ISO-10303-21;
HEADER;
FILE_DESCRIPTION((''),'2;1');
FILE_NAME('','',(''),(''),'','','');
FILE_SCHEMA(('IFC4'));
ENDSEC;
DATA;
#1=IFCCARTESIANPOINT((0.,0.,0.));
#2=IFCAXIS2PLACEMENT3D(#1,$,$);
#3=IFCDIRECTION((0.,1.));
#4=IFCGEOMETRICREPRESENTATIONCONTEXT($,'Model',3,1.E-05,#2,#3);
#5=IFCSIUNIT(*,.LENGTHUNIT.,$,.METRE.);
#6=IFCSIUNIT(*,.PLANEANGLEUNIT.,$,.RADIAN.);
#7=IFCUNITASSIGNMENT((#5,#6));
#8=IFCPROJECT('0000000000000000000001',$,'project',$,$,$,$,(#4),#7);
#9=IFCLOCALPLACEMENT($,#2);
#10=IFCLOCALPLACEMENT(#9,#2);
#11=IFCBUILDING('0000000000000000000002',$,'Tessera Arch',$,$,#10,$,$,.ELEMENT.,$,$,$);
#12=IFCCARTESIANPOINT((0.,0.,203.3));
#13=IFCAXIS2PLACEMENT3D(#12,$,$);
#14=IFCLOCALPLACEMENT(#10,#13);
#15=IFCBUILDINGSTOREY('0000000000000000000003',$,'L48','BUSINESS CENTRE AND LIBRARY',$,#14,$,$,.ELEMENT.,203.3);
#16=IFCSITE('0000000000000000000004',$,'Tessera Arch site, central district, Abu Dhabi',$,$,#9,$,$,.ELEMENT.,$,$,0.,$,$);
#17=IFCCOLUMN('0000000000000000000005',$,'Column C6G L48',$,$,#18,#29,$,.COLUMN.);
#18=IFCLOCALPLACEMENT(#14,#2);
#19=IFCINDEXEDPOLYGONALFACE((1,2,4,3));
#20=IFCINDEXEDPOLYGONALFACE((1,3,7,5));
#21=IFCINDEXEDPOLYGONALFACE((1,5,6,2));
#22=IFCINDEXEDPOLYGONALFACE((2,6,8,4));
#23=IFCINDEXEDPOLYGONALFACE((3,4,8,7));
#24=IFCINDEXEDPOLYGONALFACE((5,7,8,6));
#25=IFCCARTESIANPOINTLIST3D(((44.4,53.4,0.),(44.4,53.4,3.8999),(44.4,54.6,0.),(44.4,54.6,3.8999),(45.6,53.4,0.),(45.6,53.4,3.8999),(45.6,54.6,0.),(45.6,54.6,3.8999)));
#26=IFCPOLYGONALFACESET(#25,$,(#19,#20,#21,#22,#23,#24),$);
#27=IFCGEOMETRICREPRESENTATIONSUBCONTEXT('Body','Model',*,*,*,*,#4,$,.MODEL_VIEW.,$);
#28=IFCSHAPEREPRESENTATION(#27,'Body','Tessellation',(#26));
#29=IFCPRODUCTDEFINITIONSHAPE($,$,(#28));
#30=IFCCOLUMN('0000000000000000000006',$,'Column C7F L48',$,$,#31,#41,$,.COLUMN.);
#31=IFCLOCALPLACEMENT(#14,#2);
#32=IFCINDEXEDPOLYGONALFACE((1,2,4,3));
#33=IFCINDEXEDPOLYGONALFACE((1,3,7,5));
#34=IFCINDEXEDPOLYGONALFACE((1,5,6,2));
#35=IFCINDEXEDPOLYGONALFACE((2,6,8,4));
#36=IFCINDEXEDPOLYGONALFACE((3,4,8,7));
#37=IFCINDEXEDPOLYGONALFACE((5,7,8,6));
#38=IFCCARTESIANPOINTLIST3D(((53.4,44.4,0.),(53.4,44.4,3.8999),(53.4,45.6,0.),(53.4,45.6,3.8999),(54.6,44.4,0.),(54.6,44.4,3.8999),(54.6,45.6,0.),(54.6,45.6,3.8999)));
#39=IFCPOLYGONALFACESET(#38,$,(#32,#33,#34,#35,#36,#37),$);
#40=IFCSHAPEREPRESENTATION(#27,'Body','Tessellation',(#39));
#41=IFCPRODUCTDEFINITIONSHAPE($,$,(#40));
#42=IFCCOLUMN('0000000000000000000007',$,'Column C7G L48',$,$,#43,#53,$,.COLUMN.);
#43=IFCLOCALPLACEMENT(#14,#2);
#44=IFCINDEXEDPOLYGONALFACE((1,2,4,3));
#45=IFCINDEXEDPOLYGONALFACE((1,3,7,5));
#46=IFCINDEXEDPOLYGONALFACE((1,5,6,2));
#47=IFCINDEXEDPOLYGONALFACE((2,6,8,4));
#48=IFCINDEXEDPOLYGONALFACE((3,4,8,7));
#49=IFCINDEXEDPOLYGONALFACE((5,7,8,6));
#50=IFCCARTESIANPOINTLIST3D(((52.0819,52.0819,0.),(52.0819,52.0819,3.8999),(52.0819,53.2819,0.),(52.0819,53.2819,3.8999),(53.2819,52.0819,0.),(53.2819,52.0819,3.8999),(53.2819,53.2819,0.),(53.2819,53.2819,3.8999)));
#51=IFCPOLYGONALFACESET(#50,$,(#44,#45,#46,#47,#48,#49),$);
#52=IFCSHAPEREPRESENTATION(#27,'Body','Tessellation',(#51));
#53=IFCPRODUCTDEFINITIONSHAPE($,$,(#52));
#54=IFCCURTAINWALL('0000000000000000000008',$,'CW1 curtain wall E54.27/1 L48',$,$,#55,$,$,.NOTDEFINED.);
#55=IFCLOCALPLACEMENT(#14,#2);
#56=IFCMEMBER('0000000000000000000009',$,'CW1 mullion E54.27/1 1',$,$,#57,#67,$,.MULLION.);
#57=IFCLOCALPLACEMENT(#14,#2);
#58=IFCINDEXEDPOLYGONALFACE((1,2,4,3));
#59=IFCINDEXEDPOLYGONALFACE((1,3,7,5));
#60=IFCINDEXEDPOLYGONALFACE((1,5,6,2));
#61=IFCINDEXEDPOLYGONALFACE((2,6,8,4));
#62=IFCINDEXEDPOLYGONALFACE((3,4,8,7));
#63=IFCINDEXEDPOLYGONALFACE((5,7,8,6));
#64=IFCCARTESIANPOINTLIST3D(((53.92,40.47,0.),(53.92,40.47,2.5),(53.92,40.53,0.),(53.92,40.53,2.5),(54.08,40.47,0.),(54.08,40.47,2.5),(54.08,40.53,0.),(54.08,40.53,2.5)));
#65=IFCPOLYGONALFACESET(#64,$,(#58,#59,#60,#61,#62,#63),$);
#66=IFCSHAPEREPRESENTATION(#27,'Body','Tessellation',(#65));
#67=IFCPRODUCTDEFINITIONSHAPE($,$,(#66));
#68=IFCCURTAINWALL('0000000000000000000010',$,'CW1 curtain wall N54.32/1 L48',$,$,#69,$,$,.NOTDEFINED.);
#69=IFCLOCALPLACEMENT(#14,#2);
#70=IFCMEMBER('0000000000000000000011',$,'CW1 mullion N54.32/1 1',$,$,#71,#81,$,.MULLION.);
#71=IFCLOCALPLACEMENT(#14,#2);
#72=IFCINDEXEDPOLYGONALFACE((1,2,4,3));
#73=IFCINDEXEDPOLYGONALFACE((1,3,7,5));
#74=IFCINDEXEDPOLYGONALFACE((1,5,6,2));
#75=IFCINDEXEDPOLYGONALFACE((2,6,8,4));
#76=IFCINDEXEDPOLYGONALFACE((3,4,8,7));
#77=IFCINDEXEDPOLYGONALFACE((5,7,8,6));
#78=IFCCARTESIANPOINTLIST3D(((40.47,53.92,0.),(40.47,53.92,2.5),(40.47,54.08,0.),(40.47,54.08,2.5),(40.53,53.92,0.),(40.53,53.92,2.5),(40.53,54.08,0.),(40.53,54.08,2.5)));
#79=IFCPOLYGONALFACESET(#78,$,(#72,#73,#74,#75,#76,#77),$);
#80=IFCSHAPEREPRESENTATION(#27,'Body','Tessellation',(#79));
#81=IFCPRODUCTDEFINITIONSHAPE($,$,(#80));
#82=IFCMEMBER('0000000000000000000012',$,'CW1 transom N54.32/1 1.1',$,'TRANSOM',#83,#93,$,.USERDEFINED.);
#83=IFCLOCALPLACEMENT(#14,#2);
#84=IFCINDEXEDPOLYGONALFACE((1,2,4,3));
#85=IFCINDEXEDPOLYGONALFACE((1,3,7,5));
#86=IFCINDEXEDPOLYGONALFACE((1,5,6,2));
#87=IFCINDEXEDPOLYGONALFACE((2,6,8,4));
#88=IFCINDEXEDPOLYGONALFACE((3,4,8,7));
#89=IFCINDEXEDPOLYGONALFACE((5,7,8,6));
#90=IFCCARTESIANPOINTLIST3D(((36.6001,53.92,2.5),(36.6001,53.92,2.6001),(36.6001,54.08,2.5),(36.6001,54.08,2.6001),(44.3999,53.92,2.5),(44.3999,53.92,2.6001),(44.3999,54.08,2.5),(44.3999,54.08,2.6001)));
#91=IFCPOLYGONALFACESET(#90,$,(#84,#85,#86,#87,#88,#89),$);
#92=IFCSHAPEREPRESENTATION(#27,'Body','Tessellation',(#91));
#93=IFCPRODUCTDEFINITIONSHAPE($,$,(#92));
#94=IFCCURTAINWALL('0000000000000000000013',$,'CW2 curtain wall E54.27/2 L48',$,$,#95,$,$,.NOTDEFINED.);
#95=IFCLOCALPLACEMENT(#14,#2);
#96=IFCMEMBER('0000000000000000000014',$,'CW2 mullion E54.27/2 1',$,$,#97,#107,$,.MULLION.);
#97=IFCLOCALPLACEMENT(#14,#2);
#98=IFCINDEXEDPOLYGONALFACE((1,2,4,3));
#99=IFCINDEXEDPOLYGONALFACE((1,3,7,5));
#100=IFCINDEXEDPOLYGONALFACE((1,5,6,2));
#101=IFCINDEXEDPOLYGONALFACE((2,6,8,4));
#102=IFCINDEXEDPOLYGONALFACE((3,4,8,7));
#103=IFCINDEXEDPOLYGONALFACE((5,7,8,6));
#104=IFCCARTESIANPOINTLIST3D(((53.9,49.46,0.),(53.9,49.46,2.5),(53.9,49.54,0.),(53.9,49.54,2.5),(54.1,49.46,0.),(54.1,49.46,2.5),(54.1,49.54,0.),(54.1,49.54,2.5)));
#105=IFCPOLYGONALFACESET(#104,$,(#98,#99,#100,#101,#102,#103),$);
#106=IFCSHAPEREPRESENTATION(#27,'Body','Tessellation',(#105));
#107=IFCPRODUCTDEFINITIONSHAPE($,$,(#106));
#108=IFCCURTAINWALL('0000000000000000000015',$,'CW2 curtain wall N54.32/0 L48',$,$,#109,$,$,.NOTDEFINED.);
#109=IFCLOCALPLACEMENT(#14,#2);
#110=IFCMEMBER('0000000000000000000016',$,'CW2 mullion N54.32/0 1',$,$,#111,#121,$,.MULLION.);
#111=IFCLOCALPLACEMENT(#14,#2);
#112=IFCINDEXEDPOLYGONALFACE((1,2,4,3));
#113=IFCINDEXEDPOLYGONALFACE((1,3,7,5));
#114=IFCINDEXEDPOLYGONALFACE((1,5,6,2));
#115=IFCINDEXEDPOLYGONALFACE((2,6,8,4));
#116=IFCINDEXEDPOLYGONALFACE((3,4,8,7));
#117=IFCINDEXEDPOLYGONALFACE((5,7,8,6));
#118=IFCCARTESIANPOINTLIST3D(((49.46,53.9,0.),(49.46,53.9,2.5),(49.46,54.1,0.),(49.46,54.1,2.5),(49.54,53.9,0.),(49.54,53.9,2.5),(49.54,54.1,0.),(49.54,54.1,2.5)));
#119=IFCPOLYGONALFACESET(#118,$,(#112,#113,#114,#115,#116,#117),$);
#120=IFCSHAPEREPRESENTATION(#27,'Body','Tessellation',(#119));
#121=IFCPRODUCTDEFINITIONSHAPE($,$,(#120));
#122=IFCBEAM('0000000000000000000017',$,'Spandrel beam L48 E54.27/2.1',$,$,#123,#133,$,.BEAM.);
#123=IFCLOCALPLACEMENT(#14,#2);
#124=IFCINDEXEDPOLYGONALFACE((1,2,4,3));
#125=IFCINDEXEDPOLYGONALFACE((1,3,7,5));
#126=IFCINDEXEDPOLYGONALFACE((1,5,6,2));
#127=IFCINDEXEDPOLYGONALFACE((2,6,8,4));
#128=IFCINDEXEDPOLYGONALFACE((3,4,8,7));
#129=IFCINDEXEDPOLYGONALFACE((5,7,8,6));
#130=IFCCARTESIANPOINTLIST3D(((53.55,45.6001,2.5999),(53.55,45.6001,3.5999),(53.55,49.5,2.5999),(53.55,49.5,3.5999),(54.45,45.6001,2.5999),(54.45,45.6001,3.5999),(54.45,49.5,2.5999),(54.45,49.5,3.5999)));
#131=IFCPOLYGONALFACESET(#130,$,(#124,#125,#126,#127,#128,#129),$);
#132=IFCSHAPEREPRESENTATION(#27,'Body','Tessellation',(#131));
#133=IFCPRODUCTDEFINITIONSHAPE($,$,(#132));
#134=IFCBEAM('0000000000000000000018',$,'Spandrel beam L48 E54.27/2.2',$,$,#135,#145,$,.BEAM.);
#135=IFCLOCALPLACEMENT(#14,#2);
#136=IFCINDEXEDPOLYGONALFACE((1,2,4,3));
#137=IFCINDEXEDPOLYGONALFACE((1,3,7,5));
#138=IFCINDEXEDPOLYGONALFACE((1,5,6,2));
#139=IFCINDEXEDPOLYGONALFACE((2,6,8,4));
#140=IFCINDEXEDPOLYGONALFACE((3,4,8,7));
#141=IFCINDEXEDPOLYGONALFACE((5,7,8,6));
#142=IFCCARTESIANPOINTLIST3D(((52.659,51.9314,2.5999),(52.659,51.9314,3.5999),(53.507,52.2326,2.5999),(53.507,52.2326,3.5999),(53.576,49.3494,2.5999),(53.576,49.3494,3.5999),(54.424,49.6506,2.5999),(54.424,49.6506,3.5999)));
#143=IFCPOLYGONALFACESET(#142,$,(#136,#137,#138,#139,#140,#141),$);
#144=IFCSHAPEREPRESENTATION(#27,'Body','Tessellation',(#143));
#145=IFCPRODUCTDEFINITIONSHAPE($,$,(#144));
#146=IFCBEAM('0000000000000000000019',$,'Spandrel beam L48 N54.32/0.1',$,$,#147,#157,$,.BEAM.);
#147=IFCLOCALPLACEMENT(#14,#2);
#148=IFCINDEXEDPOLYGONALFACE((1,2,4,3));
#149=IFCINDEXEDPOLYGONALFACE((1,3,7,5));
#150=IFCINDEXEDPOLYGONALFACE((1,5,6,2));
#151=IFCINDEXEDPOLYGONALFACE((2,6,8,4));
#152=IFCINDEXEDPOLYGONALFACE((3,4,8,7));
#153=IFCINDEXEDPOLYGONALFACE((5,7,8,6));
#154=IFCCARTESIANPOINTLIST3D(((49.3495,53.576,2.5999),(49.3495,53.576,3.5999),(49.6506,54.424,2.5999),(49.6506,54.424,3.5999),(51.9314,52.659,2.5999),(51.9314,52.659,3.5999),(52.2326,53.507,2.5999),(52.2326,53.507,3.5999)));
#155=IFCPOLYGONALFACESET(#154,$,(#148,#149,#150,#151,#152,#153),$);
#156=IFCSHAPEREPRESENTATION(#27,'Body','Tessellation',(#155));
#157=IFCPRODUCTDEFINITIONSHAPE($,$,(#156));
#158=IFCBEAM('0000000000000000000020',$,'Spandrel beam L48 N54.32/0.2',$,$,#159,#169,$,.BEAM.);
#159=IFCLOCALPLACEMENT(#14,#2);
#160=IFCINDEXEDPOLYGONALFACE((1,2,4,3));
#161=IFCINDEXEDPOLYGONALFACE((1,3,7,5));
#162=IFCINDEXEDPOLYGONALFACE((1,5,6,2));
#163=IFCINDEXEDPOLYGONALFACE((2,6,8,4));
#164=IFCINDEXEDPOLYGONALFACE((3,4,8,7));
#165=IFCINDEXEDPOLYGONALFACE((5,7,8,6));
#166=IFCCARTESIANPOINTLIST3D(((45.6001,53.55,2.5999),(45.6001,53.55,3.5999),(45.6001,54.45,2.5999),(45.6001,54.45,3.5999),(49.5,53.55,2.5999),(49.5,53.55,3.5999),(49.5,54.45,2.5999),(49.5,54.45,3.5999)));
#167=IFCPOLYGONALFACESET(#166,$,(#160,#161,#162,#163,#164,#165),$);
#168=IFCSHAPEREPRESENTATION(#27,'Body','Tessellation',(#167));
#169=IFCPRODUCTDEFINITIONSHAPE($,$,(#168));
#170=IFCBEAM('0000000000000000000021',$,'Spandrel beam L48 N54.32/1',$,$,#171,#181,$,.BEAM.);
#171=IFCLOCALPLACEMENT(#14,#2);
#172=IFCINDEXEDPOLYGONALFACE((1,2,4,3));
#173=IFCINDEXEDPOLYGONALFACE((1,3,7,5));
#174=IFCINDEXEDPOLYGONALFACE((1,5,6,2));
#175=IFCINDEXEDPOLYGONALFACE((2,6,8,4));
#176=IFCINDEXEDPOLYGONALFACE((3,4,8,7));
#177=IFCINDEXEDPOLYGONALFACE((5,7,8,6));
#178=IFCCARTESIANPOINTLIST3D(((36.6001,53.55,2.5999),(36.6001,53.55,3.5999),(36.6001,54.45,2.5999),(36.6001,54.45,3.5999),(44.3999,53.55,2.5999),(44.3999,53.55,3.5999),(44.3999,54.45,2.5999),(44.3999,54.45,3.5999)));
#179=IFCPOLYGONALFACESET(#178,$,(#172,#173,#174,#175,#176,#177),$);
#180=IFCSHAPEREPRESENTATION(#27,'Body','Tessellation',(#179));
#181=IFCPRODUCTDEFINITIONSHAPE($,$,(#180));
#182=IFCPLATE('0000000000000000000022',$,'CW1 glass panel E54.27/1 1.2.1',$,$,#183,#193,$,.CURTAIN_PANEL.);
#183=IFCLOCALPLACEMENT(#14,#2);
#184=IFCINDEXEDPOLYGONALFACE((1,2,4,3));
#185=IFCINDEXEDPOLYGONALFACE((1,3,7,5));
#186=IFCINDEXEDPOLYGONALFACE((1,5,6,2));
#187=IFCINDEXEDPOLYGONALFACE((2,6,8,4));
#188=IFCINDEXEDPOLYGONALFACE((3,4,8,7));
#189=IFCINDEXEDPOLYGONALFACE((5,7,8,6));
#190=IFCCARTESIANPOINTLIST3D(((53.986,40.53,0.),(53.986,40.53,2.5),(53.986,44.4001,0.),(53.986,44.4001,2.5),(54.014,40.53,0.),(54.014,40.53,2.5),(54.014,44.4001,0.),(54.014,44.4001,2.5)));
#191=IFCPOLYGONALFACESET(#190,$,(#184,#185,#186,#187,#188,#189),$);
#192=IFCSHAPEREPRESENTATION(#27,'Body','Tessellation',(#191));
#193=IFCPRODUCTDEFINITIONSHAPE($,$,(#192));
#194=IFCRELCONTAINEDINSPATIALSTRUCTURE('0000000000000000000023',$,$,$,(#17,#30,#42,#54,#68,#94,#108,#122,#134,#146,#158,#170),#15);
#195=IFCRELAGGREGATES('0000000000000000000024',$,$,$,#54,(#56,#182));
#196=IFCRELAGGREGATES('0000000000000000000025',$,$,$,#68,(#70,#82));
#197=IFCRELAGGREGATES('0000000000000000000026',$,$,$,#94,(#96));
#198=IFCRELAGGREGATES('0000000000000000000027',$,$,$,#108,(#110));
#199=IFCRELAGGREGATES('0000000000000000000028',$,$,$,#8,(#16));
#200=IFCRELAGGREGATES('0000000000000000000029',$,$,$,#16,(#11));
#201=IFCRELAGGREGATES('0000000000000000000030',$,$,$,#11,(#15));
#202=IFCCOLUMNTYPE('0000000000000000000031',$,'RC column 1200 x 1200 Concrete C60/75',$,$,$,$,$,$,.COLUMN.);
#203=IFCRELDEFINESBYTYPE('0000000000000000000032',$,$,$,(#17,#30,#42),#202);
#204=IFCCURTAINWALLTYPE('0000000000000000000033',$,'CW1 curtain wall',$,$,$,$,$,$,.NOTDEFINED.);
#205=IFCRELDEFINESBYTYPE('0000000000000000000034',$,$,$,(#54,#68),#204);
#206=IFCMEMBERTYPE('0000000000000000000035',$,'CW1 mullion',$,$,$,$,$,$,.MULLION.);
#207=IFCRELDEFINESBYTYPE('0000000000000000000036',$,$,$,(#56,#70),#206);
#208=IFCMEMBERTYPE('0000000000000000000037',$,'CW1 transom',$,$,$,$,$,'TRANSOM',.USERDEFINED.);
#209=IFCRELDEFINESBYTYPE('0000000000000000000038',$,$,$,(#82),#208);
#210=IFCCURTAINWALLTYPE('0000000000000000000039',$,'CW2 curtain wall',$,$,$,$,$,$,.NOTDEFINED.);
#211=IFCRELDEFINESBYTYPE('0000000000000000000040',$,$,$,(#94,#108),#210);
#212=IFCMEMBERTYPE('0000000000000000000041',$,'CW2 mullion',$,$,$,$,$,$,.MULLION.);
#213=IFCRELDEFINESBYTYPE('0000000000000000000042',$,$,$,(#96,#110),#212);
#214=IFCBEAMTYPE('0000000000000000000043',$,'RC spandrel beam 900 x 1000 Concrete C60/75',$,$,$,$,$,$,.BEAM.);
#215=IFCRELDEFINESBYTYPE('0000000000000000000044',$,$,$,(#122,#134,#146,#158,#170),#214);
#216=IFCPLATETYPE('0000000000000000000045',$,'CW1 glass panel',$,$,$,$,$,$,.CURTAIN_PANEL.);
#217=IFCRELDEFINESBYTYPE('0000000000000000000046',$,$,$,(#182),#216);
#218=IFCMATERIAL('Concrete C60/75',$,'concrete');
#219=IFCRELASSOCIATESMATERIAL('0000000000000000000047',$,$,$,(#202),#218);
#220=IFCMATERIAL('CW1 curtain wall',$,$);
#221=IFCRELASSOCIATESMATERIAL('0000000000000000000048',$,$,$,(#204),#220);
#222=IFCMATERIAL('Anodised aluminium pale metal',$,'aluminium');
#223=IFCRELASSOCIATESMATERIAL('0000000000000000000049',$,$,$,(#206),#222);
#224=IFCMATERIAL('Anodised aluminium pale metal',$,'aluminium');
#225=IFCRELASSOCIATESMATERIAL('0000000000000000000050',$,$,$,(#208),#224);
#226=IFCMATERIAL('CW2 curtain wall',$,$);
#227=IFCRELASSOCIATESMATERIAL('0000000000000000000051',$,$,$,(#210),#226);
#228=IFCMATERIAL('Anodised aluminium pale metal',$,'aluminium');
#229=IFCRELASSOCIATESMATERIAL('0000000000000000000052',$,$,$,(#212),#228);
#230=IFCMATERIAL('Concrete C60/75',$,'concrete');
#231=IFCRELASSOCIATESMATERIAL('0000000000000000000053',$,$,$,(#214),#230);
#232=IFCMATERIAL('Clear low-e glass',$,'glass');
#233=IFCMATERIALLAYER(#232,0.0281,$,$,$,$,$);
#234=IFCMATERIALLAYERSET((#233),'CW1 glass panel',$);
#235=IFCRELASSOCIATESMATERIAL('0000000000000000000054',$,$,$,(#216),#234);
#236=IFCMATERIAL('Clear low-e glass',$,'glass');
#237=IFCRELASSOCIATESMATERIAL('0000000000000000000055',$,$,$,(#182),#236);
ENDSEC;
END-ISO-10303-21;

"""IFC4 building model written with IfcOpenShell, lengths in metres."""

from ifc_helpers import new_model, si_unit, direction, frame, origin, origin_2d, place, context, subcontext, project, spatial, rectangle, extrude, material, layer, layer_set, material_profile, profile_set, type_object, element, aggregate, save


model = new_model("IFC4")

# Units and contexts
model_context = context("Model", 3, precision=1e-05, world=origin(), true_north=direction((0.0, 1.0)))
body_context = subcontext(model_context, "Body", "Model", "MODEL_VIEW")
ifc_project = project(units=[si_unit("LENGTHUNIT", "METRE"), si_unit("PLANEANGLEUNIT", "RADIAN")], contexts=[model_context])

# Site, building, storey
site_placement = place(None, origin())
site = spatial("IfcSite", under=ifc_project, at=site_placement, Name="Tessera Arch site, central district, Abu Dhabi", CompositionType="ELEMENT", RefElevation=0.0)
building_placement = place(site_placement, origin())
building = spatial("IfcBuilding", under=site, at=building_placement, Name="Tessera Arch", CompositionType="ELEMENT")
storey_placement = place(building_placement, frame((0.0, 0.0, 203.3)))
storey = spatial("IfcBuildingStorey", under=building, at=storey_placement, Name="L48", Description="BUSINESS CENTRE AND LIBRARY", CompositionType="ELEMENT", Elevation=203.3)

# Columns
ifc_material_1 = material(Name="Concrete C60/75", Category="concrete")
ifc_material_profile_1 = material_profile(ifc_material_1, rectangle(XDim=1.2, YDim=1.2, at=origin_2d()), Name="RC column 1200 x 1200 Concrete C60/75")
ifc_profile_set_1 = profile_set([ifc_material_profile_1], Name="Concrete C60/75")
column_type = type_object("IfcColumnType", Name="RC column 1200 x 1200 Concrete C60/75", PredefinedType="COLUMN", material=ifc_profile_set_1)
for number, where, z_axis, x_axis, name in (
    (1, (45.0, 54.0, 0.0), (0.0, 0.0, 1.0), (1.0, 0.0, 0.0), "Column C6G L48"),
    (2, (54.0, 45.0, 0.0), (0.0, 0.0, 1.0), (1.0, 0.0, 0.0), "Column C7F L48"),
    (3, (52.6819, 52.6819, 0.0), (0.0, 0.0, 1.0), (1.0, 0.0, 0.0), "Column C7G L48"),
):
    element("IfcColumn", number, at=place(storey_placement, frame(where, z_axis=z_axis, x_axis=x_axis)), inside=storey, type_object=column_type, Name=name, PredefinedType="COLUMN", context=body_context, shape_type="SweptSolid", body=[
        extrude(rectangle(XDim=1.2, YDim=1.2, at=origin_2d()), origin(), (0.0, 0.0, 1.0), 3.8999),
    ])

# Curtain wall, member
ifc_material_2 = material(Name="CW1 curtain wall")
curtain_wall_type_1 = type_object("IfcCurtainWallType", Name="CW1 curtain wall", PredefinedType="NOTDEFINED", material=ifc_material_2)
curtain_wall_1_placement = place(storey_placement, origin())
curtain_wall_1 = element("IfcCurtainWall", 4, at=curtain_wall_1_placement, inside=storey, type_object=curtain_wall_type_1, Name="CW1 curtain wall E54.27/1 L48", PredefinedType="NOTDEFINED")
ifc_material_3 = material(Name="Anodised aluminium pale metal", Category="aluminium")
ifc_material_profile_2 = material_profile(ifc_material_3, rectangle(XDim=0.1599, YDim=0.0601, at=origin_2d()), Name="AL 60x160")
ifc_profile_set_2 = profile_set([ifc_material_profile_2], Name="Anodised aluminium pale metal")
member_type_1 = type_object("IfcMemberType", Name="CW1 mullion", PredefinedType="MULLION", material=ifc_profile_set_2)
member_1_placement = place(storey_placement, frame((54.0, 40.5, 0.0), z_axis=(0.0, 0.0, 1.0), x_axis=(-1.0, 0.0, 0.0)))
member_1 = element("IfcMember", 5, at=member_1_placement, type_object=member_type_1, Name="CW1 mullion E54.27/1 1", PredefinedType="MULLION", context=body_context, shape_type="SweptSolid", body=[
    extrude(rectangle(XDim=0.1599, YDim=0.0601, at=origin_2d()), origin(), (0.0, 0.0, 1.0), 2.5),
])

# Curtain wall, members
curtain_wall_2_placement = place(storey_placement, origin())
curtain_wall_2 = element("IfcCurtainWall", 6, at=curtain_wall_2_placement, inside=storey, type_object=curtain_wall_type_1, Name="CW1 curtain wall N54.32/1 L48", PredefinedType="NOTDEFINED")
member_2_placement = place(storey_placement, frame((40.5, 54.0, 0.0), z_axis=(0.0, 0.0, 1.0), x_axis=(0.0, -1.0, 0.0)))
member_2 = element("IfcMember", 7, at=member_2_placement, type_object=member_type_1, Name="CW1 mullion N54.32/1 1", PredefinedType="MULLION", context=body_context, shape_type="SweptSolid", body=[
    extrude(rectangle(XDim=0.1599, YDim=0.0601, at=origin_2d()), origin(), (0.0, 0.0, 1.0), 2.5),
])
ifc_material_4 = material(Name="Anodised aluminium pale metal", Category="aluminium")
ifc_material_profile_3 = material_profile(ifc_material_4, rectangle(XDim=0.1599, YDim=0.1001, at=origin_2d()), Name="AL 160x100")
ifc_profile_set_3 = profile_set([ifc_material_profile_3], Name="Anodised aluminium pale metal")
member_type_2 = type_object("IfcMemberType", Name="CW1 transom", ElementType="TRANSOM", PredefinedType="USERDEFINED", material=ifc_profile_set_3)
member_3_placement = place(storey_placement, frame((44.3999, 54.0, 2.55), z_axis=(-1.0, 0.0, 0.0), x_axis=(0.0, -1.0, 0.0)))
member_3 = element("IfcMember", 8, at=member_3_placement, type_object=member_type_2, Name="CW1 transom N54.32/1 1.1", ObjectType="TRANSOM", PredefinedType="USERDEFINED", context=body_context, shape_type="SweptSolid", body=[
    extrude(rectangle(XDim=0.1599, YDim=0.1001, at=origin_2d()), origin(), (0.0, 0.0, 1.0), 7.7998),
])

# Curtain walls, members
ifc_material_5 = material(Name="CW2 curtain wall")
curtain_wall_type_2 = type_object("IfcCurtainWallType", Name="CW2 curtain wall", PredefinedType="NOTDEFINED", material=ifc_material_5)
curtain_wall_3_placement = place(storey_placement, origin())
curtain_wall_3 = element("IfcCurtainWall", 9, at=curtain_wall_3_placement, inside=storey, type_object=curtain_wall_type_2, Name="CW2 curtain wall E54.27/2 L48", PredefinedType="NOTDEFINED")
ifc_material_6 = material(Name="Anodised aluminium pale metal", Category="aluminium")
ifc_material_profile_4 = material_profile(ifc_material_6, rectangle(XDim=0.2, YDim=0.0801, at=origin_2d()), Name="AL 80x200")
ifc_profile_set_4 = profile_set([ifc_material_profile_4], Name="Anodised aluminium pale metal")
member_type_3 = type_object("IfcMemberType", Name="CW2 mullion", PredefinedType="MULLION", material=ifc_profile_set_4)
member_4_placement = place(storey_placement, frame((54.0, 49.5, 0.0), z_axis=(0.0, 0.0, 1.0), x_axis=(-1.0, 0.0, 0.0)))
member_4 = element("IfcMember", 10, at=member_4_placement, type_object=member_type_3, Name="CW2 mullion E54.27/2 1", PredefinedType="MULLION", context=body_context, shape_type="SweptSolid", body=[
    extrude(rectangle(XDim=0.2, YDim=0.0801, at=origin_2d()), origin(), (0.0, 0.0, 1.0), 2.5),
])
curtain_wall_4_placement = place(storey_placement, origin())
curtain_wall_4 = element("IfcCurtainWall", 11, at=curtain_wall_4_placement, inside=storey, type_object=curtain_wall_type_2, Name="CW2 curtain wall N54.32/0 L48", PredefinedType="NOTDEFINED")
member_5_placement = place(storey_placement, frame((49.5, 54.0, 0.0), z_axis=(0.0, 0.0, 1.0), x_axis=(0.0, -1.0, 0.0)))
member_5 = element("IfcMember", 12, at=member_5_placement, type_object=member_type_3, Name="CW2 mullion N54.32/0 1", PredefinedType="MULLION", context=body_context, shape_type="SweptSolid", body=[
    extrude(rectangle(XDim=0.2, YDim=0.0801, at=origin_2d()), origin(), (0.0, 0.0, 1.0), 2.5),
])

# Beams
ifc_material_7 = material(Name="Concrete C60/75", Category="concrete")
ifc_material_profile_5 = material_profile(ifc_material_7, rectangle(XDim=0.8999, YDim=1.0, at=origin_2d()), Name="RC spandrel beam 900 x 1000 Concrete C60/75")
ifc_profile_set_5 = profile_set([ifc_material_profile_5], Name="Concrete C60/75")
beam_type = type_object("IfcBeamType", Name="RC spandrel beam 900 x 1000 Concrete C60/75", PredefinedType="BEAM", material=ifc_profile_set_5)
beam_1_placement = place(storey_placement, frame((54.0, 45.6001, 3.0999), z_axis=(0.0, 1.0, 0.0), x_axis=(-1.0, 0.0, 0.0)))
element("IfcBeam", 13, at=beam_1_placement, inside=storey, type_object=beam_type, Name="Spandrel beam L48 E54.27/2.1", PredefinedType="BEAM", context=body_context, shape_type="SweptSolid", body=[
    extrude(rectangle(XDim=0.8999, YDim=1.0, at=origin_2d()), origin(), (0.0, 0.0, 1.0), 3.8999),
])
for number, where, z_axis, x_axis, name in (
    (14, (54.0, 49.5, 3.0999), (-0.334665, 0.942337, 0.0), (-0.942337, -0.334665, 0.0), "Spandrel beam L48 E54.27/2.2"),
    (15, (52.082, 53.083, 3.0999), (-0.942337, 0.334665, 0.0), (-0.334665, -0.942337, 0.0), "Spandrel beam L48 N54.32/0.1"),
):
    element("IfcBeam", number, at=place(storey_placement, frame(where, z_axis=z_axis, x_axis=x_axis)), inside=storey, type_object=beam_type, Name=name, PredefinedType="BEAM", context=body_context, shape_type="SweptSolid", body=[
        extrude(rectangle(XDim=0.8999, YDim=1.0, at=origin_2d()), origin(), (0.0, 0.0, 1.0), 2.74),
    ])
beam_2_placement = place(storey_placement, frame((49.5, 54.0, 3.0999), z_axis=(-1.0, 0.0, 0.0), x_axis=(0.0, -1.0, 0.0)))
element("IfcBeam", 16, at=beam_2_placement, inside=storey, type_object=beam_type, Name="Spandrel beam L48 N54.32/0.2", PredefinedType="BEAM", context=body_context, shape_type="SweptSolid", body=[
    extrude(rectangle(XDim=0.8999, YDim=1.0, at=origin_2d()), origin(), (0.0, 0.0, 1.0), 3.8999),
])
beam_3_placement = place(storey_placement, frame((44.3999, 54.0, 3.0999), z_axis=(-1.0, 0.0, 0.0), x_axis=(0.0, -1.0, 0.0)))
element("IfcBeam", 17, at=beam_3_placement, inside=storey, type_object=beam_type, Name="Spandrel beam L48 N54.32/1", PredefinedType="BEAM", context=body_context, shape_type="SweptSolid", body=[
    extrude(rectangle(XDim=0.8999, YDim=1.0, at=origin_2d()), origin(), (0.0, 0.0, 1.0), 7.7998),
])

# Plate
ifc_material_8 = material(Name="Clear low-e glass", Category="glass")
ifc_material_9 = material(Name="Clear low-e glass", Category="glass")
ifc_layer_1 = layer(ifc_material_9, 0.0281)
ifc_layer_set_1 = layer_set([ifc_layer_1], Name="CW1 glass panel")
plate_type_1 = type_object("IfcPlateType", Name="CW1 glass panel", PredefinedType="CURTAIN_PANEL", material=ifc_layer_set_1)
plate_1_placement = place(storey_placement, frame((54.0, 42.4651, 0.0), z_axis=(0.0, 0.0, 1.0), x_axis=(0.0, 1.0, 0.0)))
plate_1 = element("IfcPlate", 18, at=plate_1_placement, type_object=plate_type_1, material=ifc_material_8, Name="CW1 glass panel E54.27/1 1.2.1", PredefinedType="CURTAIN_PANEL", context=body_context, shape_type="SweptSolid", body=[
    extrude(rectangle(XDim=3.8701, YDim=0.0281, at=origin_2d()), origin(), (0.0, 0.0, 1.0), 2.5),
])
aggregate(curtain_wall_1, [member_1, plate_1])
aggregate(curtain_wall_2, [member_2, member_3])
aggregate(curtain_wall_3, [member_4])
aggregate(curtain_wall_4, [member_5])

save(model, "model.ifc")
